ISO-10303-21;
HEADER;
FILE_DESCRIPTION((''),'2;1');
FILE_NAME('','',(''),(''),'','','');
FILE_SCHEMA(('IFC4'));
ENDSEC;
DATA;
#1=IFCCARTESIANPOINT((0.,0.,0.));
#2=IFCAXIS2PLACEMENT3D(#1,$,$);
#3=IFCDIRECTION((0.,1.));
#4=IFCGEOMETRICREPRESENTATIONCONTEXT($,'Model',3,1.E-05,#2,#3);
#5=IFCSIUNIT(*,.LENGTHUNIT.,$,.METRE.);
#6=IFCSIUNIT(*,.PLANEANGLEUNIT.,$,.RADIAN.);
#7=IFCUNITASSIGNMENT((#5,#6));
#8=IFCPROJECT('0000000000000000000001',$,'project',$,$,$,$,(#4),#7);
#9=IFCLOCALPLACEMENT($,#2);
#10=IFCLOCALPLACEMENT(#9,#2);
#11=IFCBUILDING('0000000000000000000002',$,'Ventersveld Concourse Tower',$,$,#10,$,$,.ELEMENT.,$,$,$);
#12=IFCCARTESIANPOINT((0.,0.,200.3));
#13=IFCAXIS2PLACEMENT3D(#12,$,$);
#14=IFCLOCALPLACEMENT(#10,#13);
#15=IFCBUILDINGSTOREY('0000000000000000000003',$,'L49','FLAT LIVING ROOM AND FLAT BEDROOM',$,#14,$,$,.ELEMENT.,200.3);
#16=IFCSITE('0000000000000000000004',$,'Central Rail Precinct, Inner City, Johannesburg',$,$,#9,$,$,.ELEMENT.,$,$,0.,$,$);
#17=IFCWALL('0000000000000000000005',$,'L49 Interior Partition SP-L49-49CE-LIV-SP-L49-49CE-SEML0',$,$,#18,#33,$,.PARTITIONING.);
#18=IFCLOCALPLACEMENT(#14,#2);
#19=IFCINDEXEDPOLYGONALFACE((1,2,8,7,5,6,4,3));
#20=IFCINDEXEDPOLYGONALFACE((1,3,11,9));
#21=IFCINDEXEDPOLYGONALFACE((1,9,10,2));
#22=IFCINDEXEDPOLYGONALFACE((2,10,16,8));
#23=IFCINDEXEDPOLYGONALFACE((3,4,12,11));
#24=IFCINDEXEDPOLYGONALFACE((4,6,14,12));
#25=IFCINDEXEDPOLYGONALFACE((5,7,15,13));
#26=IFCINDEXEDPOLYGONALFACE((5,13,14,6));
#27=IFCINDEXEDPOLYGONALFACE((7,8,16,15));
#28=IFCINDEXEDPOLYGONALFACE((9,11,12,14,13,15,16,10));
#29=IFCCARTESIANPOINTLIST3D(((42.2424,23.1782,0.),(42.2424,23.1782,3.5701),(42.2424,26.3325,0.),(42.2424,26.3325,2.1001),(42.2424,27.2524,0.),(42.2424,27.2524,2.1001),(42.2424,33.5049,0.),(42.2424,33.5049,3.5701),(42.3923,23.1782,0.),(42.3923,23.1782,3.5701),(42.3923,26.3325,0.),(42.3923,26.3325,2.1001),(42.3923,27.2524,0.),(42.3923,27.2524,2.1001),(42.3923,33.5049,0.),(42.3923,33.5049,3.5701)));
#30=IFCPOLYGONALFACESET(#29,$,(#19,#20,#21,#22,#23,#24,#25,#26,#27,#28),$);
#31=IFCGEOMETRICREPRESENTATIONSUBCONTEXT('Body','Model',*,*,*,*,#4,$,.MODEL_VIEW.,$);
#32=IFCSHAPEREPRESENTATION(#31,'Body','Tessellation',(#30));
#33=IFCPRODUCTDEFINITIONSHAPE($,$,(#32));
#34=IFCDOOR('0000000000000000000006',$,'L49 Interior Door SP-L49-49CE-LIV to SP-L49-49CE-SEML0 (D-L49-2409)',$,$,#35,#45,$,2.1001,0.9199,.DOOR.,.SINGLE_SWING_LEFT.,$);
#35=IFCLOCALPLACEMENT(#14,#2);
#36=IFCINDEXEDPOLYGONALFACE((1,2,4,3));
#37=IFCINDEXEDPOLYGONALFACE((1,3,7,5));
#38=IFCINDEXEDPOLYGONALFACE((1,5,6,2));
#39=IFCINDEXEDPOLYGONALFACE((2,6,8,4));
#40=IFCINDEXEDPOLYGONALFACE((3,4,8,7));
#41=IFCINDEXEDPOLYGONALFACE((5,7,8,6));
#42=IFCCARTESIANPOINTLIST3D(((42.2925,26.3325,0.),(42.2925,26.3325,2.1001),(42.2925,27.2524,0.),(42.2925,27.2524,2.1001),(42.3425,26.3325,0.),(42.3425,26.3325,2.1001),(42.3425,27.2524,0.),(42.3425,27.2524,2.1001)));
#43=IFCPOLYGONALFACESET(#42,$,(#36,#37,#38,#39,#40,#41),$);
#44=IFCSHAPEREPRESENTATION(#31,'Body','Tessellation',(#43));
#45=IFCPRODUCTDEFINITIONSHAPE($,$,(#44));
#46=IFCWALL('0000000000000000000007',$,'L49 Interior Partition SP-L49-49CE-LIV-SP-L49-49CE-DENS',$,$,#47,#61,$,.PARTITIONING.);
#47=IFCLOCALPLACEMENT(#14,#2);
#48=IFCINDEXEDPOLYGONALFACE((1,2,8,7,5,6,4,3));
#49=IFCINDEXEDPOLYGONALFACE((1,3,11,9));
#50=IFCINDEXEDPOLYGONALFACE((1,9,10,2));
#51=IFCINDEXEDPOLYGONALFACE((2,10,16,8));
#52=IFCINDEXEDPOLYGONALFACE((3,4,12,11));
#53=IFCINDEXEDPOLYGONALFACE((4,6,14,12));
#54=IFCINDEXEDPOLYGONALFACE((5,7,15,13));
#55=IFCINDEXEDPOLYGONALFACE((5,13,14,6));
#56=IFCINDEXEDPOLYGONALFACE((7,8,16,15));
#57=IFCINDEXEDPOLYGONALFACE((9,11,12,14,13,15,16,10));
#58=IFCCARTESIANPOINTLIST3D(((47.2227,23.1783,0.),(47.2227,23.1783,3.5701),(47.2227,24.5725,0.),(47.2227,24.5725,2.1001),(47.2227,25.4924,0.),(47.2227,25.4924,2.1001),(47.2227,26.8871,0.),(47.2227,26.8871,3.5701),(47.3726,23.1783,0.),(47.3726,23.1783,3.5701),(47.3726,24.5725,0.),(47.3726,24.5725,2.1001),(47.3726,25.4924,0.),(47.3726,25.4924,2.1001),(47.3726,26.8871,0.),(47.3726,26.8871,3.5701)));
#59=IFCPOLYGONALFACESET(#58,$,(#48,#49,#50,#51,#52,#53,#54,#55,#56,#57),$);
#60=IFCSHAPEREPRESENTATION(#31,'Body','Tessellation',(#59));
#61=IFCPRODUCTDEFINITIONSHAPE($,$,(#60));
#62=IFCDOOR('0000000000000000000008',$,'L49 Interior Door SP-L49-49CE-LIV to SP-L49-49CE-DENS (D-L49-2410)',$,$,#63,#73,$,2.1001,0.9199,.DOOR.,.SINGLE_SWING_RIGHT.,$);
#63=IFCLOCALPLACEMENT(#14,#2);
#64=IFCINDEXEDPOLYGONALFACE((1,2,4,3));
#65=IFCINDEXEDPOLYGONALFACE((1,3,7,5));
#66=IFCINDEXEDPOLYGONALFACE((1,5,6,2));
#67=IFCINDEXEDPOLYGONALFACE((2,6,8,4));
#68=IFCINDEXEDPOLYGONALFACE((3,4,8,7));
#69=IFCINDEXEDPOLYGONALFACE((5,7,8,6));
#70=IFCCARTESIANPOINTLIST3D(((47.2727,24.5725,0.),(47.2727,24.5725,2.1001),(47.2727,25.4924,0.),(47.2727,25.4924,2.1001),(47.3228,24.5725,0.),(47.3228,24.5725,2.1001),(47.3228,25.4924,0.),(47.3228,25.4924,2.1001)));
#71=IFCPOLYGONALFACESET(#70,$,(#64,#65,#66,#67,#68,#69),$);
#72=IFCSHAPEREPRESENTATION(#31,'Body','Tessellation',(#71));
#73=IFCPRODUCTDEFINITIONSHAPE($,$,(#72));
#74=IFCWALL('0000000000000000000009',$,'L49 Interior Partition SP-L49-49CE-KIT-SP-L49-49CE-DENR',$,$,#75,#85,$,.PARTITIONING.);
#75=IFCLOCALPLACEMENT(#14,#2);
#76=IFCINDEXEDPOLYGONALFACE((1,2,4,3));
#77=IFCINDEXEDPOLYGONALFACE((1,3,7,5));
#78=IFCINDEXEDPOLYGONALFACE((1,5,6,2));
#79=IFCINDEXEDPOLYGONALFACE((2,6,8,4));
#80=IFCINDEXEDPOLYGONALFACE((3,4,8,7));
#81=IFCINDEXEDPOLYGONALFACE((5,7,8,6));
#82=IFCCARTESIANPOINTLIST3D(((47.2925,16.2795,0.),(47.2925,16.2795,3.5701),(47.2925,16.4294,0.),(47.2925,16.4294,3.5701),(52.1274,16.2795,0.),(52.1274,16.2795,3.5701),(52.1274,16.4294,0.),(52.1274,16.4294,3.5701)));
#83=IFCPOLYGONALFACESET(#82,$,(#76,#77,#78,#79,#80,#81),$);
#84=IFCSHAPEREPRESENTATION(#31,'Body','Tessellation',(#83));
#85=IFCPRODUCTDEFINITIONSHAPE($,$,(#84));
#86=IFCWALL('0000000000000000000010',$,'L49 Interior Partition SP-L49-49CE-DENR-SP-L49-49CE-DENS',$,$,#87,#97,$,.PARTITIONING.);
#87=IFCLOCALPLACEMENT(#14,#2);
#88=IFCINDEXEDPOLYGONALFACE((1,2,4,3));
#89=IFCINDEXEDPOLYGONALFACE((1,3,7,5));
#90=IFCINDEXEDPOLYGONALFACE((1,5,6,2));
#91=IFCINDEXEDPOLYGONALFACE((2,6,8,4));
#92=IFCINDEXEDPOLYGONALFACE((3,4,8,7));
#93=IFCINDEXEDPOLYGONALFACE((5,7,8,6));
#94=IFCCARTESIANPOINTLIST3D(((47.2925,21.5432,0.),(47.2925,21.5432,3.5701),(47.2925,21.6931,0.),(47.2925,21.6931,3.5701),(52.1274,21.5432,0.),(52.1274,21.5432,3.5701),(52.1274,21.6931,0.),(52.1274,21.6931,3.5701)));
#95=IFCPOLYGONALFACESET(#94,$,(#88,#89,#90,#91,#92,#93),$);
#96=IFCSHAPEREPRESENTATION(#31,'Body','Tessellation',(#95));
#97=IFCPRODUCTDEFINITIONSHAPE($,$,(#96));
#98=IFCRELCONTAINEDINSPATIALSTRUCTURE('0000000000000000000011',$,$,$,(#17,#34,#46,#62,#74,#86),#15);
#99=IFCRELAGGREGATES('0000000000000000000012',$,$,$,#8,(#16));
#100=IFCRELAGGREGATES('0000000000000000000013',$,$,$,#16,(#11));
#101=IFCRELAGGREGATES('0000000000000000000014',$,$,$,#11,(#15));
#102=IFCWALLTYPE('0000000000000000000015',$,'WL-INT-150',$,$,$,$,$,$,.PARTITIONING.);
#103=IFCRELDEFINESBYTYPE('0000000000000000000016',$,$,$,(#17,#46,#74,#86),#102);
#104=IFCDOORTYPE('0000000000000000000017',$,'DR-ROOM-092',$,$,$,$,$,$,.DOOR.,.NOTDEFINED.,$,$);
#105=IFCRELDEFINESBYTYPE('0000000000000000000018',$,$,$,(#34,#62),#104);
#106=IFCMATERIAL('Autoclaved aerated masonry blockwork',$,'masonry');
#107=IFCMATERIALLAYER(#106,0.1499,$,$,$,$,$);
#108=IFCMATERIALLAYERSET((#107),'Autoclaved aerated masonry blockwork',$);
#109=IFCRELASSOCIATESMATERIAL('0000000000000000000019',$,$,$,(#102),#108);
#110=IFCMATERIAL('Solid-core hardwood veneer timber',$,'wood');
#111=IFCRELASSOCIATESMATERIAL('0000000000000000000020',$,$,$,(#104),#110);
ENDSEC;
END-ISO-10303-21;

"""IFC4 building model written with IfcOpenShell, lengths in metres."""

from ifc_helpers import new_model, si_unit, direction, frame, frame_2d, origin, place, context, subcontext, project, spatial, rectangle, extrude, material, layer, layer_set, type_object, element, fill, save


model = new_model("IFC4")

# Units and contexts
model_context = context("Model", 3, precision=1e-05, world=origin(), true_north=direction((0.0, 1.0)))
body_context = subcontext(model_context, "Body", "Model", "MODEL_VIEW")
ifc_project = project(units=[si_unit("LENGTHUNIT", "METRE"), si_unit("PLANEANGLEUNIT", "RADIAN")], contexts=[model_context])

# Site, building, storey
site_placement = place(None, origin())
site = spatial("IfcSite", under=ifc_project, at=site_placement, Name="Central Rail Precinct, Inner City, Johannesburg", CompositionType="ELEMENT", RefElevation=0.0)
building_placement = place(site_placement, origin())
building = spatial("IfcBuilding", under=site, at=building_placement, Name="Ventersveld Concourse Tower", CompositionType="ELEMENT")
storey_placement = place(building_placement, frame((0.0, 0.0, 200.3)))
storey = spatial("IfcBuildingStorey", under=building, at=storey_placement, Name="L49", Description="FLAT LIVING ROOM AND FLAT BEDROOM", CompositionType="ELEMENT", Elevation=200.3)

# Shared definitions
ifc_material_1 = material(Name="Solid-core hardwood veneer timber", Category="wood")

# Walls, openings, doors
ifc_material_2 = material(Name="Autoclaved aerated masonry blockwork", Category="masonry")
ifc_layer_1 = layer(ifc_material_2, 0.1499)
ifc_layer_set_1 = layer_set([ifc_layer_1], Name="Autoclaved aerated masonry blockwork")
wall_type_1 = type_object("IfcWallType", Name="WL-INT-150", PredefinedType="PARTITIONING", material=ifc_layer_set_1)
door_type_1 = type_object("IfcDoorType", Name="DR-ROOM-092", OperationType="NOTDEFINED", PredefinedType="DOOR", material=ifc_material_1)
wall_1_placement = place(storey_placement, frame((42.3174, 23.1782, 0.0), z_axis=(0.0, 0.0, 1.0), x_axis=(0.0, 1.0, 0.0)))
wall_1 = element("IfcWall", 1, at=wall_1_placement, inside=storey, type_object=wall_type_1, Name="L49 Interior Partition SP-L49-49CE-LIV-SP-L49-49CE-SEML0", PredefinedType="PARTITIONING", context=body_context, shape_type="SweptSolid", body=[
    extrude(rectangle(XDim=10.3267, YDim=0.1499, at=frame_2d((5.1633, 0.0))), origin(), (0.0, 0.0, 1.0), 3.5701),
])
opening_1_placement = place(wall_1_placement, frame((3.1543, 0.0, 0.0)))
opening_1 = element("IfcOpeningElement", 2, at=opening_1_placement, cuts=wall_1, PredefinedType="OPENING", context=body_context, shape_type="SweptSolid", body=[
    extrude(rectangle(XDim=0.9199, YDim=2.1001, at=frame_2d((0.46, 1.05))), frame((0.0, 0.085, 0.0), z_axis=(0.0, -1.0, 0.0), x_axis=(1.0, 0.0, 0.0)), (0.0, 0.0, 1.0), 0.1699),
])
door_1_placement = place(opening_1_placement, origin())
door_1 = element("IfcDoor", 3, at=door_1_placement, inside=storey, type_object=door_type_1, Name="L49 Interior Door SP-L49-49CE-LIV to SP-L49-49CE-SEML0 (D-L49-2409)", OperationType="SINGLE_SWING_LEFT", OverallHeight=2.1001, OverallWidth=0.9199, PredefinedType="DOOR", context=body_context, shape_type="SweptSolid", body=[
    extrude(rectangle(XDim=0.9199, YDim=2.1001, at=frame_2d((0.46, 1.05))), frame((0.0, 0.0249, 0.0), z_axis=(0.0, -1.0, 0.0), x_axis=(1.0, 0.0, 0.0)), (0.0, 0.0, 1.0), 0.05),
])
fill(opening_1, door_1)
wall_2_placement = place(storey_placement, frame((47.2976, 23.1782, 0.0), z_axis=(0.0, 0.0, 1.0), x_axis=(0.0, 1.0, 0.0)))
wall_2 = element("IfcWall", 4, at=wall_2_placement, inside=storey, type_object=wall_type_1, Name="L49 Interior Partition SP-L49-49CE-LIV-SP-L49-49CE-DENS", PredefinedType="PARTITIONING", context=body_context, shape_type="SweptSolid", body=[
    extrude(rectangle(XDim=3.7087, YDim=0.1499, at=frame_2d((1.8545, 0.0))), origin(), (0.0, 0.0, 1.0), 3.5701),
])
opening_2_placement = place(wall_2_placement, frame((1.3943, 0.0, 0.0)))
opening_2 = element("IfcOpeningElement", 5, at=opening_2_placement, cuts=wall_2, PredefinedType="OPENING", context=body_context, shape_type="SweptSolid", body=[
    extrude(rectangle(XDim=0.9199, YDim=2.1001, at=frame_2d((0.46, 1.05))), frame((0.0, 0.085, 0.0), z_axis=(0.0, -1.0, 0.0), x_axis=(1.0, 0.0, 0.0)), (0.0, 0.0, 1.0), 0.1699),
])
door_2_placement = place(opening_2_placement, origin())
door_2 = element("IfcDoor", 6, at=door_2_placement, inside=storey, type_object=door_type_1, Name="L49 Interior Door SP-L49-49CE-LIV to SP-L49-49CE-DENS (D-L49-2410)", OperationType="SINGLE_SWING_RIGHT", OverallHeight=2.1001, OverallWidth=0.9199, PredefinedType="DOOR", context=body_context, shape_type="SweptSolid", body=[
    extrude(rectangle(XDim=0.9199, YDim=2.1001, at=frame_2d((0.46, 1.05))), frame((0.0, 0.0249, 0.0), z_axis=(0.0, -1.0, 0.0), x_axis=(1.0, 0.0, 0.0)), (0.0, 0.0, 1.0), 0.05),
])
fill(opening_2, door_2)

# Walls
for number, where, z_axis, x_axis, name in (
    (7, (47.2925, 16.3545, 0.0), (0.0, 0.0, 1.0), (1.0, 0.0, 0.0), "L49 Interior Partition SP-L49-49CE-KIT-SP-L49-49CE-DENR"),
    (8, (47.2925, 21.6182, 0.0), (0.0, 0.0, 1.0), (1.0, 0.0, 0.0), "L49 Interior Partition SP-L49-49CE-DENR-SP-L49-49CE-DENS"),
):
    element("IfcWall", number, at=place(storey_placement, frame(where, z_axis=z_axis, x_axis=x_axis)), inside=storey, type_object=wall_type_1, Name=name, PredefinedType="PARTITIONING", context=body_context, shape_type="SweptSolid", body=[
        extrude(rectangle(XDim=4.835, YDim=0.1499, at=frame_2d((2.4175, 0.0))), origin(), (0.0, 0.0, 1.0), 3.5701),
    ])

save(model, "model.ifc")
